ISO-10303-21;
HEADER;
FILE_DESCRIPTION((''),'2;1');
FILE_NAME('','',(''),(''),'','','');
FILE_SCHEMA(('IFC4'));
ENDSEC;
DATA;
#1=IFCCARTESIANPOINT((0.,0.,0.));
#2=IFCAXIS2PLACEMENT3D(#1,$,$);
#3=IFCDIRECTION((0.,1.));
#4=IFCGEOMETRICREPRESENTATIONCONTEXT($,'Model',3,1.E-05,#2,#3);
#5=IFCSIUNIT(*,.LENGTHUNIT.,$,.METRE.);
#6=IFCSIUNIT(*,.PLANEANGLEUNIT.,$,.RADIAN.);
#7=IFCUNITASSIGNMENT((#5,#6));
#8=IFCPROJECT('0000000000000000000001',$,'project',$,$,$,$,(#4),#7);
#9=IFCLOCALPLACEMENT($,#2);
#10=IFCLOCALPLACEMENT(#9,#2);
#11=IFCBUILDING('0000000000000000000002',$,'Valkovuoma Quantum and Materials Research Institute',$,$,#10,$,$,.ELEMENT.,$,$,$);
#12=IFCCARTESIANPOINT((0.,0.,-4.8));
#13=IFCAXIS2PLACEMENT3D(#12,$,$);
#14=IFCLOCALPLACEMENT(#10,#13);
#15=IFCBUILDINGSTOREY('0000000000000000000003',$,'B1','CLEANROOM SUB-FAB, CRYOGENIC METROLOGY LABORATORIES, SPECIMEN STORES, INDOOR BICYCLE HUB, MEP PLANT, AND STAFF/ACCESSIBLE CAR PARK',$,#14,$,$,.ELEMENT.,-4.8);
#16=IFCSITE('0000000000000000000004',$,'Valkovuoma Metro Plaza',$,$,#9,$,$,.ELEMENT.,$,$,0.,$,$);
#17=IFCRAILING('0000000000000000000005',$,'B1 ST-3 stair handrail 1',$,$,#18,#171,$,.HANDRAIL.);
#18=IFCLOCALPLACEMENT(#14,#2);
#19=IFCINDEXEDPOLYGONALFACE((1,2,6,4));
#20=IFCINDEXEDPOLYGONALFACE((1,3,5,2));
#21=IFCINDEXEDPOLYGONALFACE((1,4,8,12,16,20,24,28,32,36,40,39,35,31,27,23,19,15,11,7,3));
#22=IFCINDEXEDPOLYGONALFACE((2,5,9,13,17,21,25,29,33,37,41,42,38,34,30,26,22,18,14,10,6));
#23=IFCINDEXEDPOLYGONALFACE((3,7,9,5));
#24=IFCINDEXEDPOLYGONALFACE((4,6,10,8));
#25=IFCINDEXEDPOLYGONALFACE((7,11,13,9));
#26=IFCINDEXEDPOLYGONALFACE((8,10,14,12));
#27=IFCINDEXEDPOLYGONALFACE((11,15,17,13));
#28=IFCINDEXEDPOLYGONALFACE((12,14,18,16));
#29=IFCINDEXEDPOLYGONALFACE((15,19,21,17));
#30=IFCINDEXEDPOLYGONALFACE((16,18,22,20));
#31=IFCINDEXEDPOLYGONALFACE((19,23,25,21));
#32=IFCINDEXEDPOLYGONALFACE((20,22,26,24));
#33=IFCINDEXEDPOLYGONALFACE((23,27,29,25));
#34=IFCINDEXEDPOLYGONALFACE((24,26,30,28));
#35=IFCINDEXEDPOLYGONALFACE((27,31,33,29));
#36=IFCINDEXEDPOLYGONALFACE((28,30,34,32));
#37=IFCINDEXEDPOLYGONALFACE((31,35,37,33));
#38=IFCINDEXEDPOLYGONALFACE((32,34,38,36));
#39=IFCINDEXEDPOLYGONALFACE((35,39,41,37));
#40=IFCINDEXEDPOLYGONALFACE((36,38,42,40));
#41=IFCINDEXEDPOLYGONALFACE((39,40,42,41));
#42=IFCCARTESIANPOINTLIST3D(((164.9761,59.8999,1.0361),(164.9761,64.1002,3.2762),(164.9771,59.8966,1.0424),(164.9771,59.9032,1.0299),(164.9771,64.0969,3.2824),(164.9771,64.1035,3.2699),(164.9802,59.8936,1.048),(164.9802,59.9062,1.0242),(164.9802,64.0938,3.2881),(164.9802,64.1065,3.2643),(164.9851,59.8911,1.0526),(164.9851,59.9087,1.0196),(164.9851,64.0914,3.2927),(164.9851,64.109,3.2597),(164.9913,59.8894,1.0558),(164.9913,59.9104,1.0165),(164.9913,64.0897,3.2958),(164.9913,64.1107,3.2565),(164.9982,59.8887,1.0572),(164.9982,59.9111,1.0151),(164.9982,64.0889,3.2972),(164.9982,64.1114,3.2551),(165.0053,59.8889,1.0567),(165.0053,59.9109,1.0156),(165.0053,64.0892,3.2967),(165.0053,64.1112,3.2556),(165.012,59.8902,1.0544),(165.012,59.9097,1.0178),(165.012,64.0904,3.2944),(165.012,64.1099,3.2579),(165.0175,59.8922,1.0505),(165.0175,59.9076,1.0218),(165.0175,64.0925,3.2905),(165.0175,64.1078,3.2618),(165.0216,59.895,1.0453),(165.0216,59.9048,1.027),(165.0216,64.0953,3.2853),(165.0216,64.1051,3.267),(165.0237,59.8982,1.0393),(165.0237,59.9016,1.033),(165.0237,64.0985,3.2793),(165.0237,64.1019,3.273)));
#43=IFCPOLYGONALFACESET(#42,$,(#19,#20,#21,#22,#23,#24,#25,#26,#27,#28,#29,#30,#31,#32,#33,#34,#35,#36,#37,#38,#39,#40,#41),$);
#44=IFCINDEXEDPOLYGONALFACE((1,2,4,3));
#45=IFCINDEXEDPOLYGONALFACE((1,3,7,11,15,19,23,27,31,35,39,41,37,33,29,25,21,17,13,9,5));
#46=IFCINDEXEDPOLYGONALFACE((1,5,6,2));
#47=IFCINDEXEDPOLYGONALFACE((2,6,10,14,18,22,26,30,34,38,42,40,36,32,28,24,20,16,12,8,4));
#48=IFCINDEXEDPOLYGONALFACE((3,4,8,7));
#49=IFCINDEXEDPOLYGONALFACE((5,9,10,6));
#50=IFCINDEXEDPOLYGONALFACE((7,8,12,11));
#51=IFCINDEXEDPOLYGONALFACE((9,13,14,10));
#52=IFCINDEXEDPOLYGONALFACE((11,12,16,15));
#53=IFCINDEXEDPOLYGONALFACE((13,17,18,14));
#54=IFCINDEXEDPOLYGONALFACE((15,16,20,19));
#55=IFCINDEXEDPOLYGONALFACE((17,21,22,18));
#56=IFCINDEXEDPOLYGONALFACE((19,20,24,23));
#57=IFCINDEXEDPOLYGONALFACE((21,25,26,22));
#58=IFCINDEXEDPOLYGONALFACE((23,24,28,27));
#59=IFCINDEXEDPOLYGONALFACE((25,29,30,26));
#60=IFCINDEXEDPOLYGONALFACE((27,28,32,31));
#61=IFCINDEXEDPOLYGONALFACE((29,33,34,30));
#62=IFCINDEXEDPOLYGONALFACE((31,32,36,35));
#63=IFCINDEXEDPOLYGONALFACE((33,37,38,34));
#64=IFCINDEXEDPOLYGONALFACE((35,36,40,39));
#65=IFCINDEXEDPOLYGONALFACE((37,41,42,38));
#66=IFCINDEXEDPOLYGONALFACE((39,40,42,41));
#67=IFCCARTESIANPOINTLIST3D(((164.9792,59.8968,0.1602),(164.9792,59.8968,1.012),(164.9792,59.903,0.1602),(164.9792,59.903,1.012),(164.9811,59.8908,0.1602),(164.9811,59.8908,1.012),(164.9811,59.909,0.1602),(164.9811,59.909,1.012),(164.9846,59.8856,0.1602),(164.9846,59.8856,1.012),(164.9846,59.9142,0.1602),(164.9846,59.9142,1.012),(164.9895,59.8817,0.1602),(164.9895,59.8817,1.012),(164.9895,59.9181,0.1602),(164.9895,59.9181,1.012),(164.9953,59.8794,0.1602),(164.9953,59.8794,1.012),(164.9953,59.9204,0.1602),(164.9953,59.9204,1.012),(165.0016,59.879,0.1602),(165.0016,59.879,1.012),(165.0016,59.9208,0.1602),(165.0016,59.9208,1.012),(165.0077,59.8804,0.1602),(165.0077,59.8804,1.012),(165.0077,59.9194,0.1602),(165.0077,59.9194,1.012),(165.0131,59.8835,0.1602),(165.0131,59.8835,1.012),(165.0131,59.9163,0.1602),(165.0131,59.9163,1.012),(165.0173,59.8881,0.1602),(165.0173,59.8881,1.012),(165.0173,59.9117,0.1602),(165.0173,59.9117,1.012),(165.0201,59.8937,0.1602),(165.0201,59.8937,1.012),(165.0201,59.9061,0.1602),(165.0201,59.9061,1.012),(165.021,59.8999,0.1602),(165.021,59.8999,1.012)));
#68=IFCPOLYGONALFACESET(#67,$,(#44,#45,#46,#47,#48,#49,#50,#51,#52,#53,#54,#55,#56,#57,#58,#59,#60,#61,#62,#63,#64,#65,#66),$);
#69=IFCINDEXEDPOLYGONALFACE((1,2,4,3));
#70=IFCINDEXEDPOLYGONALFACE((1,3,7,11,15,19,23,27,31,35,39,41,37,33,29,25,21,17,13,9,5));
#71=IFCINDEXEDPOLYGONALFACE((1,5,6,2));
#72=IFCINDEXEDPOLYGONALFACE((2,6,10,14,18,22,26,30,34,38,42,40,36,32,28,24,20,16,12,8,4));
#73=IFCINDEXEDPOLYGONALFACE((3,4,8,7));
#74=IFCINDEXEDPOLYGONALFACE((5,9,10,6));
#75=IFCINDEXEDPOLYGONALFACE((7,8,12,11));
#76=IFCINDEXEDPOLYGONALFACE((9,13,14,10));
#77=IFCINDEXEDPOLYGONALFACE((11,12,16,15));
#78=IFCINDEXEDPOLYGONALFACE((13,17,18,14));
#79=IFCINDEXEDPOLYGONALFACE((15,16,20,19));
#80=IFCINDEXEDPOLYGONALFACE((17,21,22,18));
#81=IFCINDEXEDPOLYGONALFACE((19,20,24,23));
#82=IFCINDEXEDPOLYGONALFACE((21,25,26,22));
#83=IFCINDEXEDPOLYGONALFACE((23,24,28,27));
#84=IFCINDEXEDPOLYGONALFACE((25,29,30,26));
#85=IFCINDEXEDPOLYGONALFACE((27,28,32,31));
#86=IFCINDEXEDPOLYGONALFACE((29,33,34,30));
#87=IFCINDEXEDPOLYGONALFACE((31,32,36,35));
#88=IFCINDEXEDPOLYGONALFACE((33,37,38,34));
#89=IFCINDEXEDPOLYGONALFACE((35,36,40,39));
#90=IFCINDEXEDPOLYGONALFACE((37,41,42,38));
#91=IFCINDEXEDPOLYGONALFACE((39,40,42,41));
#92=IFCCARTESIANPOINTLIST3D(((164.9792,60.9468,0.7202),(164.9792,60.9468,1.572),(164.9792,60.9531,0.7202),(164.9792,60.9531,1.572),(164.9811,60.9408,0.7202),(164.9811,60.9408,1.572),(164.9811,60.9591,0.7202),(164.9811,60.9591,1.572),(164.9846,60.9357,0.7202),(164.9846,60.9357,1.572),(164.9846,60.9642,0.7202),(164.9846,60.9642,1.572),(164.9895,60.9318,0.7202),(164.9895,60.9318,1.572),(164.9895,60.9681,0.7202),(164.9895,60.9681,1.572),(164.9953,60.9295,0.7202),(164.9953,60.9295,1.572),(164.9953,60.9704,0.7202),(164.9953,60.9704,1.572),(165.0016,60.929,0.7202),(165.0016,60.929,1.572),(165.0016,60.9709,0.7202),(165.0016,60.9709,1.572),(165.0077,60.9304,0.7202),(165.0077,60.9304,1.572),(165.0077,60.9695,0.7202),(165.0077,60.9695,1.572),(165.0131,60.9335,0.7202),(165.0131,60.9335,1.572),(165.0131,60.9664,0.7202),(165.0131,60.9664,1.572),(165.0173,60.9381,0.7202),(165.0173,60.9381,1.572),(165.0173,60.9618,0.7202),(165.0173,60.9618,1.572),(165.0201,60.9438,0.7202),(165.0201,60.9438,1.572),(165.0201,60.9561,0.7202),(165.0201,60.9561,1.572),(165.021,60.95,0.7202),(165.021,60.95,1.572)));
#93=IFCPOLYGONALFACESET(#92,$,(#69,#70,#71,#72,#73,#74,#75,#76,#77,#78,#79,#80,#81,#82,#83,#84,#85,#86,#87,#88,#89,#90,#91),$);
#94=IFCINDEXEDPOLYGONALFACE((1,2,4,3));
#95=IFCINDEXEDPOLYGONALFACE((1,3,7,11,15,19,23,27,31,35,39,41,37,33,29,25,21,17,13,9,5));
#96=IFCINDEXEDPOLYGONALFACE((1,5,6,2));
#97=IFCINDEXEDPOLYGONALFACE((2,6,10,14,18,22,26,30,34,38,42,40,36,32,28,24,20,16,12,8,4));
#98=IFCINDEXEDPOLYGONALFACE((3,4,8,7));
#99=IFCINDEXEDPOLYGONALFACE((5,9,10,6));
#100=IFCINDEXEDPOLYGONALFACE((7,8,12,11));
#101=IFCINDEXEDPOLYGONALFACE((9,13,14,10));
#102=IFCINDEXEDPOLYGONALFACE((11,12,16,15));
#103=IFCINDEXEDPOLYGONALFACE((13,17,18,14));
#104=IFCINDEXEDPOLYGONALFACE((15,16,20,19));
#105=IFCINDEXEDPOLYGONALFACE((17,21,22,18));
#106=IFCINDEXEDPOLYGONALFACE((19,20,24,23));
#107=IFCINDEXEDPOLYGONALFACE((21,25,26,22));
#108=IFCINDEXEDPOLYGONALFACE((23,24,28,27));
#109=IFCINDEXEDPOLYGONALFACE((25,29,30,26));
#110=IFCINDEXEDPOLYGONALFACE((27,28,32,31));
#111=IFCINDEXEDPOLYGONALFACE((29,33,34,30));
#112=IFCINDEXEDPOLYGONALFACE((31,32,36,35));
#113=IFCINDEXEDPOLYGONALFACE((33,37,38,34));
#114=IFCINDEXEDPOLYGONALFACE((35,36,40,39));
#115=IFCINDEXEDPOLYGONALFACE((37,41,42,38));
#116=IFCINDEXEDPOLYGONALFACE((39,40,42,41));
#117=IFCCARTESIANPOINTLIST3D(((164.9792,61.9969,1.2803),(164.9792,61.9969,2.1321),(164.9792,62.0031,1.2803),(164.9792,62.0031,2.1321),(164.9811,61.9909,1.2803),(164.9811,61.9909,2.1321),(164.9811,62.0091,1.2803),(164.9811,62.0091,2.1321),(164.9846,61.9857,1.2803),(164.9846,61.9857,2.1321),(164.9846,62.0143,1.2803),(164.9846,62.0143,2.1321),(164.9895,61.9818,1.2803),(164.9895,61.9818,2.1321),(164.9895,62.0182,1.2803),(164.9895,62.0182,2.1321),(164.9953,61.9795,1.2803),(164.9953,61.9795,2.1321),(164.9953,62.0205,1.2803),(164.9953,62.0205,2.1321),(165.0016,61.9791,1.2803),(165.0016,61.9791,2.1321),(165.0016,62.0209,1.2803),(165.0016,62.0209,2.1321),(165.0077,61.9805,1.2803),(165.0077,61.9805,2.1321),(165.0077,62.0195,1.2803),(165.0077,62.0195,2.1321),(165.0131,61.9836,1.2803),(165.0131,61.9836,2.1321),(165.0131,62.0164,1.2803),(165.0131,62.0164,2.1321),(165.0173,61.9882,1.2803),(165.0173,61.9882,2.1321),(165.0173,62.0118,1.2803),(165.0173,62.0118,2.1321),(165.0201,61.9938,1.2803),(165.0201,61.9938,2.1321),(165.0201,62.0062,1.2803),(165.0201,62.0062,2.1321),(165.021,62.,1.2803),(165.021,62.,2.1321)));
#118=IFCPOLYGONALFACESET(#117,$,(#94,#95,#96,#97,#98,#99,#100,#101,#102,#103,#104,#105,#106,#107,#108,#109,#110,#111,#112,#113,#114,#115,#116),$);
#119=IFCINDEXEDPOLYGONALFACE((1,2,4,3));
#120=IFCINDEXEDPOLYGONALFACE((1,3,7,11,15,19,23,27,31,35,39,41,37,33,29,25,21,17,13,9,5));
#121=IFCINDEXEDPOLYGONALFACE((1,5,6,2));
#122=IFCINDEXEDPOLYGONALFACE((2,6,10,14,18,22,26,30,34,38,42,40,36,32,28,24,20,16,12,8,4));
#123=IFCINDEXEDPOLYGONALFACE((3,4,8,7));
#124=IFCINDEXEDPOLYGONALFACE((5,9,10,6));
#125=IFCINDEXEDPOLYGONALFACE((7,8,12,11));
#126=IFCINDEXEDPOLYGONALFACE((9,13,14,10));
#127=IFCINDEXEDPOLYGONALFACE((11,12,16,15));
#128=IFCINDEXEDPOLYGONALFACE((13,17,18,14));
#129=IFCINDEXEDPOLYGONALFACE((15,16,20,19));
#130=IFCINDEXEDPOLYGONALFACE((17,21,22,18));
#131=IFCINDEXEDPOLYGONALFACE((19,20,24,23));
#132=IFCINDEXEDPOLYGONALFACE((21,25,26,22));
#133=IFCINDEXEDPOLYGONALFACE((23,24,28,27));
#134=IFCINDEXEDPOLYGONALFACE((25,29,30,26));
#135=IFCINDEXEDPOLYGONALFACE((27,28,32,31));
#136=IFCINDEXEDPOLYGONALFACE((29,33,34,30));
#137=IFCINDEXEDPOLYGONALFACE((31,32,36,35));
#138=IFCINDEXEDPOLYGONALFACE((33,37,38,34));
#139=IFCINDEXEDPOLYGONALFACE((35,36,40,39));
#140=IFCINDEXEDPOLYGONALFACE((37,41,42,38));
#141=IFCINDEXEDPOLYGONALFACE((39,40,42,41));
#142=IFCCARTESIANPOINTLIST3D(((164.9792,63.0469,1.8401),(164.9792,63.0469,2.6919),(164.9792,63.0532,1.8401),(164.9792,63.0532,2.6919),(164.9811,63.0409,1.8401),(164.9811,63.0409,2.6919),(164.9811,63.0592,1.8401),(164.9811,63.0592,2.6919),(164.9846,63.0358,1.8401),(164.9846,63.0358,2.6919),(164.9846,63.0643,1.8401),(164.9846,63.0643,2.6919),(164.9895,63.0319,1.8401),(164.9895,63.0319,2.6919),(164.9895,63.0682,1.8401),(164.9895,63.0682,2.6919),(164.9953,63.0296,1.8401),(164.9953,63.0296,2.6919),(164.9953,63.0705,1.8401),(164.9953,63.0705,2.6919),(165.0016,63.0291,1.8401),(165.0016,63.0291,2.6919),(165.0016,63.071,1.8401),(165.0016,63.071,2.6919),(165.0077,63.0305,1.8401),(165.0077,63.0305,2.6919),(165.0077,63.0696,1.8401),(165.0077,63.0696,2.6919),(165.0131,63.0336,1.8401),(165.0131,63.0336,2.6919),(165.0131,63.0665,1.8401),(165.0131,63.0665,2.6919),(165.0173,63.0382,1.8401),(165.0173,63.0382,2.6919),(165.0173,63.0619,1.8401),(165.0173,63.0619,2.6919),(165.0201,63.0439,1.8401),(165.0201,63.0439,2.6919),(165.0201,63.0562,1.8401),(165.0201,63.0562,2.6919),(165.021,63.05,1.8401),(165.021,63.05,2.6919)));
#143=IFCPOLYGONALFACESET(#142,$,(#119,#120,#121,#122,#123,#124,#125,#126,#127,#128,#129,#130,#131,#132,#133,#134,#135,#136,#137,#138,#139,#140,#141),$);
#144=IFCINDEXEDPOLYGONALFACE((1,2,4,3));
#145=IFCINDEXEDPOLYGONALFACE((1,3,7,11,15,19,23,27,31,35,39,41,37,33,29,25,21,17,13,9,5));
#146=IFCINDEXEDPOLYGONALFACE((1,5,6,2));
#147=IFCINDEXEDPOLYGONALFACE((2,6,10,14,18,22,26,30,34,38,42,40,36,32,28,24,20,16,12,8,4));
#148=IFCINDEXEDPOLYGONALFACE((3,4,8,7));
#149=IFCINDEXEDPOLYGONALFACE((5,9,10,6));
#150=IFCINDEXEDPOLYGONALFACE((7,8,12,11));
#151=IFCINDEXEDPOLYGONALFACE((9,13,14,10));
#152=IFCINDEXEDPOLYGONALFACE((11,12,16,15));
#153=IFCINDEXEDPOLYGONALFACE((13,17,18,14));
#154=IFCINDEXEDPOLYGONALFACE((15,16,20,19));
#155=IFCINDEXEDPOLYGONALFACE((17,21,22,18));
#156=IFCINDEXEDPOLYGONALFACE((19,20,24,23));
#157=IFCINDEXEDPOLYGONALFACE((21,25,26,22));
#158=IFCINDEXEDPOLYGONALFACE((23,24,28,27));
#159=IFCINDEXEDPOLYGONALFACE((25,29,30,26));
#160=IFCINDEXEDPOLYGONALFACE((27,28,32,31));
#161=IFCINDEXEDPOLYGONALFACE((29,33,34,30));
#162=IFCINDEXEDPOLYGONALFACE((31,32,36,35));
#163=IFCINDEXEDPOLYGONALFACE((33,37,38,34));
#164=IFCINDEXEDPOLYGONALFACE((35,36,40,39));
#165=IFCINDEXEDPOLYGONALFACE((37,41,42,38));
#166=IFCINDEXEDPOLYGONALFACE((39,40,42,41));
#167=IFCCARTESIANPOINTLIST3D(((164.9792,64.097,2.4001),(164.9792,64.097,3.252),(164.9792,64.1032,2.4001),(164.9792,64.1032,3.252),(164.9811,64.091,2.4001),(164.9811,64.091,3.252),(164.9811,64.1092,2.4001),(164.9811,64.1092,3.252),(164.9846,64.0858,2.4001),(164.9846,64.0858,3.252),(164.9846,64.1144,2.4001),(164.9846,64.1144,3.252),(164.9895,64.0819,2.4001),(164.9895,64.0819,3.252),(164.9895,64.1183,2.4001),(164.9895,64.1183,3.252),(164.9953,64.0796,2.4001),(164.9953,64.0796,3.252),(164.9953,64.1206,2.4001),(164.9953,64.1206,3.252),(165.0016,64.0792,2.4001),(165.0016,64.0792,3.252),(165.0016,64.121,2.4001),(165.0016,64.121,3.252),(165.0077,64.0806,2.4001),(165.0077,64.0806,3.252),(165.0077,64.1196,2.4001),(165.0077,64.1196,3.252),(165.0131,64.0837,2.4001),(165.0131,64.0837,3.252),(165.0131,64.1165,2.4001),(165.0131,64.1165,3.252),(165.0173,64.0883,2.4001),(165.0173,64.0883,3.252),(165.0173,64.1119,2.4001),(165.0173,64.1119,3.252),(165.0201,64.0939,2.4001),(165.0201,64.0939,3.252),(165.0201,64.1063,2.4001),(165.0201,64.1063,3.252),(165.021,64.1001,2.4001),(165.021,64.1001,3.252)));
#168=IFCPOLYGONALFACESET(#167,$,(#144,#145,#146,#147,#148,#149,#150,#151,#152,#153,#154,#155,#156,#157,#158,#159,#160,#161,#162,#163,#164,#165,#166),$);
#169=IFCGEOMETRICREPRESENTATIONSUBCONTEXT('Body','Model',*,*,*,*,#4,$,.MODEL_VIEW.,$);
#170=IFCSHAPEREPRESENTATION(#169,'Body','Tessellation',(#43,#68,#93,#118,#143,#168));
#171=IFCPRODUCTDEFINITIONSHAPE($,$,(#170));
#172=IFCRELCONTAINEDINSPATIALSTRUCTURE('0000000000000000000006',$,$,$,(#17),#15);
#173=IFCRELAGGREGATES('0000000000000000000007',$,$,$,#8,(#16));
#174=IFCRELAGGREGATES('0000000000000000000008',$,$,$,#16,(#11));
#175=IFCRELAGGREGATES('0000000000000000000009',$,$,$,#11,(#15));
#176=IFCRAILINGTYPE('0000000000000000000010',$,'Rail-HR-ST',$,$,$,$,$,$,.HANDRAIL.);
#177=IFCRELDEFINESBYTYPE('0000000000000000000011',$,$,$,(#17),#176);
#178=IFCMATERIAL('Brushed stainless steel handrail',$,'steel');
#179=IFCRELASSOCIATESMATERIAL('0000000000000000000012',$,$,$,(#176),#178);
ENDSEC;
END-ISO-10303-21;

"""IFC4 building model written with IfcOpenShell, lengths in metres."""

from ifc_helpers import new_model, si_unit, direction, frame, origin, origin_2d, place, context, subcontext, project, spatial, circle, extrude, material, type_object, element, save


model = new_model("IFC4")

# Units and contexts
model_context = context("Model", 3, precision=1e-05, world=origin(), true_north=direction((0.0, 1.0)))
body_context = subcontext(model_context, "Body", "Model", "MODEL_VIEW")
ifc_project = project(units=[si_unit("LENGTHUNIT", "METRE"), si_unit("PLANEANGLEUNIT", "RADIAN")], contexts=[model_context])

# Site, building, storey
site_placement = place(None, origin())
site = spatial("IfcSite", under=ifc_project, at=site_placement, Name="Valkovuoma Metro Plaza", CompositionType="ELEMENT", RefElevation=0.0)
building_placement = place(site_placement, origin())
building = spatial("IfcBuilding", under=site, at=building_placement, Name="Valkovuoma Quantum and Materials Research Institute", CompositionType="ELEMENT")
storey_placement = place(building_placement, frame((0.0, 0.0, -4.8)))
storey = spatial("IfcBuildingStorey", under=building, at=storey_placement, Name="B1", Description="CLEANROOM SUB-FAB, CRYOGENIC METROLOGY LABORATORIES, SPECIMEN STORES, INDOOR BICYCLE HUB, MEP PLANT, AND STAFF/ACCESSIBLE CAR PARK", CompositionType="ELEMENT", Elevation=-4.8)

# Railing
ifc_material_1 = material(Name="Brushed stainless steel handrail", Category="steel")
railing_type_1 = type_object("IfcRailingType", Name="Rail-HR-ST", PredefinedType="HANDRAIL", material=ifc_material_1)
railing_1_placement = place(storey_placement, frame((165.0, 59.8999, 0.1602)))
element("IfcRailing", 1, at=railing_1_placement, inside=storey, type_object=railing_type_1, Name="B1 ST-3 stair handrail 1", PredefinedType="HANDRAIL", context=body_context, shape_type="SweptSolid", body=[
    extrude(circle(Radius=0.0239, at=origin_2d()), frame((0.0, 0.0, 0.876), z_axis=(0.0, 0.882363, 0.47057), x_axis=(-1.0, 0.0, 0.0)), (0.0, 0.0, 1.0), 4.7603),
    extrude(circle(Radius=0.021, at=origin_2d()), origin(), (0.0, 0.0, 1.0), 0.8518),
    extrude(circle(Radius=0.021, at=origin_2d()), frame((0.0, 1.05, 0.5601)), (0.0, 0.0, 1.0), 0.8518),
    extrude(circle(Radius=0.021, at=origin_2d()), frame((0.0, 2.1001, 1.1201)), (0.0, 0.0, 1.0), 0.8518),
    extrude(circle(Radius=0.021, at=origin_2d()), frame((0.0, 3.1501, 1.6799)), (0.0, 0.0, 1.0), 0.8518),
    extrude(circle(Radius=0.021, at=origin_2d()), frame((0.0, 4.2002, 2.24)), (0.0, 0.0, 1.0), 0.8518),
])

save(model, "model.ifc")
